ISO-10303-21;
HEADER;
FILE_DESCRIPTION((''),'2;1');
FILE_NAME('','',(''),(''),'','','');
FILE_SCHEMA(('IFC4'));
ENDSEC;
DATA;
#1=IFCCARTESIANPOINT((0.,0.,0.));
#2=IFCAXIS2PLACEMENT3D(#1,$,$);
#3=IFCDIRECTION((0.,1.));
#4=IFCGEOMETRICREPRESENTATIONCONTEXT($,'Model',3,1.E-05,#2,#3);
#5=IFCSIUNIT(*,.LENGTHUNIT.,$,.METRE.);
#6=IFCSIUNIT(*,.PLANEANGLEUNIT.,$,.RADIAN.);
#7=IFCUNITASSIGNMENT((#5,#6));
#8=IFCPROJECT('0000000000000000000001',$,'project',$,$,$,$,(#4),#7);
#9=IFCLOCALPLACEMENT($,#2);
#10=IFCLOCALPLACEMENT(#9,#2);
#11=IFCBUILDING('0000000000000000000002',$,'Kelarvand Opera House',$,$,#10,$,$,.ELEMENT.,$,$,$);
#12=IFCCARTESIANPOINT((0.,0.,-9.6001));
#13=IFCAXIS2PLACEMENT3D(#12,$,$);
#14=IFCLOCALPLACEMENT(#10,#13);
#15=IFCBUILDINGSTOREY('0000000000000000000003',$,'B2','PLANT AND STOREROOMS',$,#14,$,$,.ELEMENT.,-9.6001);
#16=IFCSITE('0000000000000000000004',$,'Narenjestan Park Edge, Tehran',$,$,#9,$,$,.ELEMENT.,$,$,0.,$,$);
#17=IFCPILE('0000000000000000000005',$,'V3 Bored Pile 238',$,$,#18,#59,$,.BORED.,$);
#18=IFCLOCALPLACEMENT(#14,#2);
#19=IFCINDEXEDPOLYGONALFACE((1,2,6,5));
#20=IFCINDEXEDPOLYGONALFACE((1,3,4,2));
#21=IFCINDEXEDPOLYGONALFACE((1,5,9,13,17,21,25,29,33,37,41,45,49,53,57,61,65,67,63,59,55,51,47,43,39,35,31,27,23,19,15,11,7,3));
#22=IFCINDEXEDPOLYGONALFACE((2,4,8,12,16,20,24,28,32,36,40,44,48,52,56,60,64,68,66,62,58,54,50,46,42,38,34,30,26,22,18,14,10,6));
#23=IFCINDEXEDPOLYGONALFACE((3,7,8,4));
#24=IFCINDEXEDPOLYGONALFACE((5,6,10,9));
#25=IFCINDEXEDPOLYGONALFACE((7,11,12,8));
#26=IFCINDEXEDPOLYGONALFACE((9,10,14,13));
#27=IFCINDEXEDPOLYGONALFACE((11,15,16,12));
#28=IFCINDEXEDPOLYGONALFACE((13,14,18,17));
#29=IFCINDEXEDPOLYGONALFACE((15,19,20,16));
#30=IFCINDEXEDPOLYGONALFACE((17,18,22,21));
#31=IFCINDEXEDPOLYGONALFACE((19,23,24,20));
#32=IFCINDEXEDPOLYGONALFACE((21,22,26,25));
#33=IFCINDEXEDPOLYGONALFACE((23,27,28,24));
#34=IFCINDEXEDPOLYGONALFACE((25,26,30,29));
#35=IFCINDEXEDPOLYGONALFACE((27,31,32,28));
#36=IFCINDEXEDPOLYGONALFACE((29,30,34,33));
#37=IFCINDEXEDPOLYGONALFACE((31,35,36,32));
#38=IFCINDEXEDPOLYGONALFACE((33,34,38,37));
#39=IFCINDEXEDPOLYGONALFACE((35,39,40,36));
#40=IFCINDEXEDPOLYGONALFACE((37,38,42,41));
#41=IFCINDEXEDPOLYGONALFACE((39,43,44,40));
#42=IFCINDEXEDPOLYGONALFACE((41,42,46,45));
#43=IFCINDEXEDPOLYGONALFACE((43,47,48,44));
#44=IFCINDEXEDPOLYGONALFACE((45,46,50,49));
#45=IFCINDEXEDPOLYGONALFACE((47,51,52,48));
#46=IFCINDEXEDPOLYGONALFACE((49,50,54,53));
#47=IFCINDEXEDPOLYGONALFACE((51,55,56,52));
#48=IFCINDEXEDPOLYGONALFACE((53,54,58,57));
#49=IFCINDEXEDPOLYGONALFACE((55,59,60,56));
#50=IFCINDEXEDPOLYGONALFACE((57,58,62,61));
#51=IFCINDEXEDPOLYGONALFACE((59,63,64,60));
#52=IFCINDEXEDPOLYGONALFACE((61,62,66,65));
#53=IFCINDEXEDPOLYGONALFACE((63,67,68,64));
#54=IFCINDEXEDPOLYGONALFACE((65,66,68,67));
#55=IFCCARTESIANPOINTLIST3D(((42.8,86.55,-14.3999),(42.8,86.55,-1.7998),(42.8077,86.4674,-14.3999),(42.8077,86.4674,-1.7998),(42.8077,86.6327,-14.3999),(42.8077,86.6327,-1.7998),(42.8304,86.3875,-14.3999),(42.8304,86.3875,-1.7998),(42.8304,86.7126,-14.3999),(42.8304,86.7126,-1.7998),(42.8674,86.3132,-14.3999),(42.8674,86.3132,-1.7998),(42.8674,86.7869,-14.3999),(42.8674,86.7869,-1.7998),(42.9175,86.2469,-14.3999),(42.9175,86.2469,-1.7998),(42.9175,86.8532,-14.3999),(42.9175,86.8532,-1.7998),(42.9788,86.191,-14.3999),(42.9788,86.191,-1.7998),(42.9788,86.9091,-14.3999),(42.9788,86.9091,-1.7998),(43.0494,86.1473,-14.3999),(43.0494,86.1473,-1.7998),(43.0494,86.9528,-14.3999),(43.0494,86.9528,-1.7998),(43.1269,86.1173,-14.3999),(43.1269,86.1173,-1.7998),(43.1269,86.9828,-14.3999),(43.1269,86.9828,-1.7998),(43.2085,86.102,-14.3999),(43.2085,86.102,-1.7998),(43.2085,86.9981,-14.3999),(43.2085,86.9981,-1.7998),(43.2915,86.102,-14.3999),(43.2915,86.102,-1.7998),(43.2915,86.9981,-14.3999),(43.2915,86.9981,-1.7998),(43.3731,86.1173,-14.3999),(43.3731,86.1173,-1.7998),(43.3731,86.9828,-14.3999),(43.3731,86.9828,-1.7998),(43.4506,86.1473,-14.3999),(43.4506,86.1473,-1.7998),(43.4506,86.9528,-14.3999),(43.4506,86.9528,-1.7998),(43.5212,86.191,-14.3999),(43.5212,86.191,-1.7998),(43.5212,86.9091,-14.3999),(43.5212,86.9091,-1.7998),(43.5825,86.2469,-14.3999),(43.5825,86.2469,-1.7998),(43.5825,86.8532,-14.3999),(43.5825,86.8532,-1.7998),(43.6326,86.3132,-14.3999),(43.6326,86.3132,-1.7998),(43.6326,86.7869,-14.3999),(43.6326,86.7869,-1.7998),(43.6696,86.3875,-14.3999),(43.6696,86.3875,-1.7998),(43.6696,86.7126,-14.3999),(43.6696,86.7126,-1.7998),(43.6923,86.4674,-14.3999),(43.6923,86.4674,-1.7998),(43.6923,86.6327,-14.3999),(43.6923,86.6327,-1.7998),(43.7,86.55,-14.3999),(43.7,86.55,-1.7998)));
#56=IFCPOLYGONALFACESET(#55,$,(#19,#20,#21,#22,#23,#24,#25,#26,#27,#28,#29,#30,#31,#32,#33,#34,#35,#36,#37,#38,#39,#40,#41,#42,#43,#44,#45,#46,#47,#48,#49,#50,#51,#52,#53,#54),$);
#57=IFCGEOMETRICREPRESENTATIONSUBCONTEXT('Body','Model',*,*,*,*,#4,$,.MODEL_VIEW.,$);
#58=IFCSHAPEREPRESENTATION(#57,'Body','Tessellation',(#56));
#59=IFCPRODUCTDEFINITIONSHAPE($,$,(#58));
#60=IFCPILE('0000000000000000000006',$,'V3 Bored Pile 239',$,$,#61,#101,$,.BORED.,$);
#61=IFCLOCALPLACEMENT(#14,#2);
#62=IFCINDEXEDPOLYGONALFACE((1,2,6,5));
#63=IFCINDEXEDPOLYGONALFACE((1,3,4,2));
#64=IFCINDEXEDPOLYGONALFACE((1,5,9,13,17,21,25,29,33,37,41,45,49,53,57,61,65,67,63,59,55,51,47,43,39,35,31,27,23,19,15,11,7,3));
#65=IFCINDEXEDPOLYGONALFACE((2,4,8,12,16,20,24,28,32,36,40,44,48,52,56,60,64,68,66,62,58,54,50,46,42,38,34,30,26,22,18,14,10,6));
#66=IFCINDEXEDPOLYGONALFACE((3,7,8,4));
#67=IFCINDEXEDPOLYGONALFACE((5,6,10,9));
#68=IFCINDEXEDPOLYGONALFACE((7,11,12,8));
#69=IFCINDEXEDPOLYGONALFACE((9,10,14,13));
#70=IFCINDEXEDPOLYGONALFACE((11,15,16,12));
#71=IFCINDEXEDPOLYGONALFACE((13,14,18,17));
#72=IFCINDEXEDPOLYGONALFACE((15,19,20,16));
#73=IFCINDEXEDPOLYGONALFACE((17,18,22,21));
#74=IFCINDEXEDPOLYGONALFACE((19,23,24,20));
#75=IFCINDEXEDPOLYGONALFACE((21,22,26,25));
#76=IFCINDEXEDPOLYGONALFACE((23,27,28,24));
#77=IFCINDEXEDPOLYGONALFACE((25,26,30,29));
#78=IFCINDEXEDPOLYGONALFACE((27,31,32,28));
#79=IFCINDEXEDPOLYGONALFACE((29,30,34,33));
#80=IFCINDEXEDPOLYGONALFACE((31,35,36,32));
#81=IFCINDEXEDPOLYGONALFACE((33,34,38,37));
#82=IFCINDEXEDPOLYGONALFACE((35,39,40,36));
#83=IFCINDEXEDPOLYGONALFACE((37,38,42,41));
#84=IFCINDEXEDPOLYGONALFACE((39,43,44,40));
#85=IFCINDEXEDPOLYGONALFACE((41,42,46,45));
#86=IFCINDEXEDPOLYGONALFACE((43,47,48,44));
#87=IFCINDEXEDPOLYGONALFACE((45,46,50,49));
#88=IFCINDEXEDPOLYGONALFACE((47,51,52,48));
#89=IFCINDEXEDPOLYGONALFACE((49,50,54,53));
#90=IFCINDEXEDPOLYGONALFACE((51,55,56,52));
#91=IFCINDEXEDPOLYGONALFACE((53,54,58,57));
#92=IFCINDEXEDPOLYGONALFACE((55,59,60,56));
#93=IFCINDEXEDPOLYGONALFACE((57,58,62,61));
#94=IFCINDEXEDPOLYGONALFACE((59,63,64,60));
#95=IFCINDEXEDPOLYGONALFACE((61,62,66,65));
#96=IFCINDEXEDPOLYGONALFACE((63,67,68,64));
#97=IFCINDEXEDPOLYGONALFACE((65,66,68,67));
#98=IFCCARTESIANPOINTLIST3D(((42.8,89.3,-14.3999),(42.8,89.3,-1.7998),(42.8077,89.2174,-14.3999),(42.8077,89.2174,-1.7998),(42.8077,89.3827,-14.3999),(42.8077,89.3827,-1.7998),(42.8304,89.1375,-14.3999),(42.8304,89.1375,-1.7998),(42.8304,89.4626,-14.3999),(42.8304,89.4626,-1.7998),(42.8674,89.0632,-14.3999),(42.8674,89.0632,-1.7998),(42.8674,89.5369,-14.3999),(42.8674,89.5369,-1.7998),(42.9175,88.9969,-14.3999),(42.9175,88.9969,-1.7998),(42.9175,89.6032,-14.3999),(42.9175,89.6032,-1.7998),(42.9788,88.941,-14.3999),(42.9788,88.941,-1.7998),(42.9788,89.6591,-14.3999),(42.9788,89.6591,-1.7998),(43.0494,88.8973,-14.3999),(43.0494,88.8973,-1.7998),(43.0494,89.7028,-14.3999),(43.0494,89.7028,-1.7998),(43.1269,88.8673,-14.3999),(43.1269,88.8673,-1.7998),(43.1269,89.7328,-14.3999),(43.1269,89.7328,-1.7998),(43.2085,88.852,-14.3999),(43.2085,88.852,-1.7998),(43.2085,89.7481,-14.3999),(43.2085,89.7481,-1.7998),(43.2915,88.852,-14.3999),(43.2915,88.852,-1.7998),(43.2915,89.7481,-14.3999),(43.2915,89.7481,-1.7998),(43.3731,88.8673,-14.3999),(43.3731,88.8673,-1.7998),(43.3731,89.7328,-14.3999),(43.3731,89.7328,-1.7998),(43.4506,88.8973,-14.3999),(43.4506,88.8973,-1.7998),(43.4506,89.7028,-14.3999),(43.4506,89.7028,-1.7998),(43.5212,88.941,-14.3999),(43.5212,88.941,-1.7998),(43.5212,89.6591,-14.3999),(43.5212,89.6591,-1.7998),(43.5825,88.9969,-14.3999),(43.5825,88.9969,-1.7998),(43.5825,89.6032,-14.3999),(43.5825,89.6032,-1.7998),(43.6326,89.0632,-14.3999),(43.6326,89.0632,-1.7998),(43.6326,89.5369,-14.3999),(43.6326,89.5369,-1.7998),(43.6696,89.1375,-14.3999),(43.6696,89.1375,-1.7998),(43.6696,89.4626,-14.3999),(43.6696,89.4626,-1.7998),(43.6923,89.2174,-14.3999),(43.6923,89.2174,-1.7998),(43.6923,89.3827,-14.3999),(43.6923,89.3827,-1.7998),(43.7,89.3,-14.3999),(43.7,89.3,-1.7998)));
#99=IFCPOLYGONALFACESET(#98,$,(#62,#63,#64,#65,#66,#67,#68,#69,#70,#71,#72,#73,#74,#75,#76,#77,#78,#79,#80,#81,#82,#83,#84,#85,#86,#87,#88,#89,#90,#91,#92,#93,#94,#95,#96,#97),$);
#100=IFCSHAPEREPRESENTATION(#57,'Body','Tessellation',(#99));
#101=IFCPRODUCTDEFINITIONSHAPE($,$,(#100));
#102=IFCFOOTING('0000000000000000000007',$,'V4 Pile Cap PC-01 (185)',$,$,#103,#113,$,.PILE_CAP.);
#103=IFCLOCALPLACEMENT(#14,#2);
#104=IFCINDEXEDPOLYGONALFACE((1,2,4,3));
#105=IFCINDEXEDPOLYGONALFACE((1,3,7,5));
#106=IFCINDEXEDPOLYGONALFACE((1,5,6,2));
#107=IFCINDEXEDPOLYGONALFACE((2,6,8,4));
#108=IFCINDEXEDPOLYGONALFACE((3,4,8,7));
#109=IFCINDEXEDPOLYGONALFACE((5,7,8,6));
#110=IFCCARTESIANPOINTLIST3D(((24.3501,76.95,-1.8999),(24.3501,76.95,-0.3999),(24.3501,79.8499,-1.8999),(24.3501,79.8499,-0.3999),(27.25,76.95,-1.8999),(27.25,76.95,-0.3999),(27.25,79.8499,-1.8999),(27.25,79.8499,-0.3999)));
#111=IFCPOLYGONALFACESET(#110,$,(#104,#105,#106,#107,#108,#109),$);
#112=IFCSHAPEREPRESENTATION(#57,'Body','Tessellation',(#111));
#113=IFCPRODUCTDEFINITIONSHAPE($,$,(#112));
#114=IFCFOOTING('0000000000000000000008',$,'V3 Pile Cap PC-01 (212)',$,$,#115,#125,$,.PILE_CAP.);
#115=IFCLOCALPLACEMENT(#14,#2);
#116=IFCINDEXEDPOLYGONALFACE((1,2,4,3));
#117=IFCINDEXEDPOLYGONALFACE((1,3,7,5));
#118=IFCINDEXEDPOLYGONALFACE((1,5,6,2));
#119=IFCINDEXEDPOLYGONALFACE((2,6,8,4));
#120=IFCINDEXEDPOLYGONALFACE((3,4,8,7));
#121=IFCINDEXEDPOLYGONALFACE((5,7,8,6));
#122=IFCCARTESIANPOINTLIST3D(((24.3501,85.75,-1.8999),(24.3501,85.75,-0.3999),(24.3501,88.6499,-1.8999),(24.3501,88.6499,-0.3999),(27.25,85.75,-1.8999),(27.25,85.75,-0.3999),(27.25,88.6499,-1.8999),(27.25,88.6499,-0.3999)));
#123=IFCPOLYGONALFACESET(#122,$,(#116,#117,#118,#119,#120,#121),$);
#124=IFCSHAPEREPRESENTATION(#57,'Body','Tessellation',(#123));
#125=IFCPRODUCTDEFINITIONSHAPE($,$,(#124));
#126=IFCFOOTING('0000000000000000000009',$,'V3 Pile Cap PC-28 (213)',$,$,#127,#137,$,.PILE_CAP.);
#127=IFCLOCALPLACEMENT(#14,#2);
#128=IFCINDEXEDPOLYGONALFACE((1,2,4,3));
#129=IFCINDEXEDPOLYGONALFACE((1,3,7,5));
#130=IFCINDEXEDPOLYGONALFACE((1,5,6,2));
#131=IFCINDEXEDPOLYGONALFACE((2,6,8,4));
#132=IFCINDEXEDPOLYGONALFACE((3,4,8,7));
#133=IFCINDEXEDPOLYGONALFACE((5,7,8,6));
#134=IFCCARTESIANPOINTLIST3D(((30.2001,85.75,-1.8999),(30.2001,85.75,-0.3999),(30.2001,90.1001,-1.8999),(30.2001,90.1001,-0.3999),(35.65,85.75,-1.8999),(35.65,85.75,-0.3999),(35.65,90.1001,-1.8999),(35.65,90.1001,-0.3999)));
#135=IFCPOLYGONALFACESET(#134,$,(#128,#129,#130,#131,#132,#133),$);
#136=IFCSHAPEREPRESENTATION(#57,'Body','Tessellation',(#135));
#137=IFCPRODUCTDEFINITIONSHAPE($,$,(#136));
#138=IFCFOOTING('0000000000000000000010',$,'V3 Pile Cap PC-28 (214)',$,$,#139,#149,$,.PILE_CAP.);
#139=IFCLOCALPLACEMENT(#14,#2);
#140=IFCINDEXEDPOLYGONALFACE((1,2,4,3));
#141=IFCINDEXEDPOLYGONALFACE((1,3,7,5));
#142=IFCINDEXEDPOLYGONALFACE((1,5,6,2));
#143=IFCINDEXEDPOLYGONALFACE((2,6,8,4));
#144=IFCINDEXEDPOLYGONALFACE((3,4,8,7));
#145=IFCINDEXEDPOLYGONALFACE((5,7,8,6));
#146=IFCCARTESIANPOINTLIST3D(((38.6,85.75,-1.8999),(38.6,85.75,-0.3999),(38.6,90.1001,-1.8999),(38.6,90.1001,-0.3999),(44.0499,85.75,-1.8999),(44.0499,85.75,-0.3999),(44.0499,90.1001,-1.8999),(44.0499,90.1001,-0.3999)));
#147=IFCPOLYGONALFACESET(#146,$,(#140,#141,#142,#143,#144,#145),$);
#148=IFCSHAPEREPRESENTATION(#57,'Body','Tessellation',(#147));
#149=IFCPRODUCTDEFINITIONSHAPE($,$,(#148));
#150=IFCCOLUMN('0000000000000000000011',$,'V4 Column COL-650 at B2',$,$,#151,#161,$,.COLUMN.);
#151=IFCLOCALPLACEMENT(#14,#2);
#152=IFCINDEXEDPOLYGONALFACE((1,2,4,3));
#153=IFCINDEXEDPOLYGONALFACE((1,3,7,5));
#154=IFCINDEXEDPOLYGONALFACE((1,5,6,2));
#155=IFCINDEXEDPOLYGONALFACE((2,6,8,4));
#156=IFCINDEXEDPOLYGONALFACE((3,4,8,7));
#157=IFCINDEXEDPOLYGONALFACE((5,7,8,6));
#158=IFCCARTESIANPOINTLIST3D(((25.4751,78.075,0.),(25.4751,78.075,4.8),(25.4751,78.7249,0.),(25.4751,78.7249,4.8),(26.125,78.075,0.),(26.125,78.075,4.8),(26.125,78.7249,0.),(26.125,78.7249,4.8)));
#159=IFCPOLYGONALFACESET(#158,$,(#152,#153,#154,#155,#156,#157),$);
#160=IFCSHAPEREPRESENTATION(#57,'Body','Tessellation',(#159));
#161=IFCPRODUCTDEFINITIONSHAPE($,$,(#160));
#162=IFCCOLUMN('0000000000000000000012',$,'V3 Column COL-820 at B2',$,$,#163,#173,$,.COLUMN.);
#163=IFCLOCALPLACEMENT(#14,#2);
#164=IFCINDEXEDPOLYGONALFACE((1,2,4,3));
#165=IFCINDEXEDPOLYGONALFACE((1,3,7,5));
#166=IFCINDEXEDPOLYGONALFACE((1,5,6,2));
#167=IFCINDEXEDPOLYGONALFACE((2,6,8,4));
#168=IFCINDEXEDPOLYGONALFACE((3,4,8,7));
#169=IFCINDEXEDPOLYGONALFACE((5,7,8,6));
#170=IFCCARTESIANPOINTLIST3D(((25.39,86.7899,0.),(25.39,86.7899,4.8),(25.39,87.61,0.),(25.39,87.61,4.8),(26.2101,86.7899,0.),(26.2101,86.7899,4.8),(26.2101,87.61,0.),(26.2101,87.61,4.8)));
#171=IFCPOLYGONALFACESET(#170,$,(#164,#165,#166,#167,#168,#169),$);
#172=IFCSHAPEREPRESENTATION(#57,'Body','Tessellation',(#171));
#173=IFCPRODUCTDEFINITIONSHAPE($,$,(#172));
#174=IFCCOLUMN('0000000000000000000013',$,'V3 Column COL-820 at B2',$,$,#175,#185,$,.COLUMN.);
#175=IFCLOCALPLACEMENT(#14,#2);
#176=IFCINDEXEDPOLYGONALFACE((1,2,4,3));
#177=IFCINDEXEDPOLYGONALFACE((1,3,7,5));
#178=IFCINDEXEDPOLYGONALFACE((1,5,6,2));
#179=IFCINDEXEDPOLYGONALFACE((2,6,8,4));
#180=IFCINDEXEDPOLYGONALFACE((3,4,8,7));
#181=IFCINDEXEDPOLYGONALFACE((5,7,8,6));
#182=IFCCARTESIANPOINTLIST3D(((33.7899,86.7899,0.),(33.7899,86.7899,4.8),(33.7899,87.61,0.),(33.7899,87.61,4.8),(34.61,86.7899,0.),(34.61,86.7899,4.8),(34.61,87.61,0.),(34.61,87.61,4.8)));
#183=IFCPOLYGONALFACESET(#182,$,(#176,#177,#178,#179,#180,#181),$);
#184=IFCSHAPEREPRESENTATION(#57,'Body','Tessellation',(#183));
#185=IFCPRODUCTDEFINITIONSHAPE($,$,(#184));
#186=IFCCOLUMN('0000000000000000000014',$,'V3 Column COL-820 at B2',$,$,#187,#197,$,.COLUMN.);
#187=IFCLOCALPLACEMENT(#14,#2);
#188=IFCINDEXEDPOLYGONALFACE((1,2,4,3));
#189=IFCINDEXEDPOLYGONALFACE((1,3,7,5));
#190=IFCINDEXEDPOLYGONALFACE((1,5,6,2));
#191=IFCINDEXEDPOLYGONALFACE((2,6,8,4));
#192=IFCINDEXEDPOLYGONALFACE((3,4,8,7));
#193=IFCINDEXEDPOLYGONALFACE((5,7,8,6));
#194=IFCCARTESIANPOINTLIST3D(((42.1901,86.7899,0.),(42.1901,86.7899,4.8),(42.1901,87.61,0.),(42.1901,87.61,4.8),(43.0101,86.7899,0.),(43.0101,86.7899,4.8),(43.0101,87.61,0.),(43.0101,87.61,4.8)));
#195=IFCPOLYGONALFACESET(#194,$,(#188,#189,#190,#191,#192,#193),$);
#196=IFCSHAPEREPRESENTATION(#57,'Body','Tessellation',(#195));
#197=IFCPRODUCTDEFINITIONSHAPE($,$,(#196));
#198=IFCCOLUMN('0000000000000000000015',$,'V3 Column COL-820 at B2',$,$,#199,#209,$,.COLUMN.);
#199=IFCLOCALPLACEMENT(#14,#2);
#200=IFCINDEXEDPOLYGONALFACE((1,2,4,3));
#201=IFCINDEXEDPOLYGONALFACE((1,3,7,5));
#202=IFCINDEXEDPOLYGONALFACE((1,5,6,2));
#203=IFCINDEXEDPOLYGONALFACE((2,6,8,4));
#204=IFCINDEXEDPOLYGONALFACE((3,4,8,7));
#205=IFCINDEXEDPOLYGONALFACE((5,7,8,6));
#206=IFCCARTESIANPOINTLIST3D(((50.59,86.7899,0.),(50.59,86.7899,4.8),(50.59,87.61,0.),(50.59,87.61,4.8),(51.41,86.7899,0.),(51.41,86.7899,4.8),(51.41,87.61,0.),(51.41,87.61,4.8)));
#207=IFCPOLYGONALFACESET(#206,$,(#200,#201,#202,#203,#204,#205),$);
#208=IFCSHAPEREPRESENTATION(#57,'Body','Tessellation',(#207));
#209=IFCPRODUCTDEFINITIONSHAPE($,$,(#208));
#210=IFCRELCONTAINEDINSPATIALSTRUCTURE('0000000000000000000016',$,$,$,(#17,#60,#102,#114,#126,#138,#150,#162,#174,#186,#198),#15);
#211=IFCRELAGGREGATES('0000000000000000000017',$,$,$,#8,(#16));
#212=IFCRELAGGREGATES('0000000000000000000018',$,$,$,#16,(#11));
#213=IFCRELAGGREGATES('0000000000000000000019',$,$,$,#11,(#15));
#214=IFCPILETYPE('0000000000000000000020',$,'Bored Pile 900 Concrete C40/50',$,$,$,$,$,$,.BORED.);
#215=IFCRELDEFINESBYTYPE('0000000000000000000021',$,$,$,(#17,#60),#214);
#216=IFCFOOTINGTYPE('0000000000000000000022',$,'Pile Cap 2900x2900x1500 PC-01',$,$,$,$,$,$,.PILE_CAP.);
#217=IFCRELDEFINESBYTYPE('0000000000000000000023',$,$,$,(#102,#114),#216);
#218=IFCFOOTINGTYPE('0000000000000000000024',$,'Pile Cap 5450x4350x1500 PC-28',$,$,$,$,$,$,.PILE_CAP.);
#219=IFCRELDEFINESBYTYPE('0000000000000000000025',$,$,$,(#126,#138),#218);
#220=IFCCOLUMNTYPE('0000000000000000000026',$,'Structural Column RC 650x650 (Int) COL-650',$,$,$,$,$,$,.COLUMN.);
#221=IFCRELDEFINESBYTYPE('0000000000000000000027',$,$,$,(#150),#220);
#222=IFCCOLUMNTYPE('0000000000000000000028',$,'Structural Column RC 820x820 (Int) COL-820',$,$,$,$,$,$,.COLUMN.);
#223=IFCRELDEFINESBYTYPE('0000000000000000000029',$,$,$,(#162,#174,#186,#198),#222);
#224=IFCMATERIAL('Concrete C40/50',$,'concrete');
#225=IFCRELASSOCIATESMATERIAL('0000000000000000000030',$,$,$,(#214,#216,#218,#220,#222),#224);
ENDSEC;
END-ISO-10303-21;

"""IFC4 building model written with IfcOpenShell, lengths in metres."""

from ifc_helpers import new_model, si_unit, direction, frame, origin, origin_2d, place, context, subcontext, project, spatial, rectangle, circle, extrude, material, material_profile, profile_set, type_object, element, save


model = new_model("IFC4")

# Units and contexts
model_context = context("Model", 3, precision=1e-05, world=origin(), true_north=direction((0.0, 1.0)))
body_context = subcontext(model_context, "Body", "Model", "MODEL_VIEW")
ifc_project = project(units=[si_unit("LENGTHUNIT", "METRE"), si_unit("PLANEANGLEUNIT", "RADIAN")], contexts=[model_context])

# Site, building, storey
site_placement = place(None, origin())
site = spatial("IfcSite", under=ifc_project, at=site_placement, Name="Narenjestan Park Edge, Tehran", CompositionType="ELEMENT", RefElevation=0.0)
building_placement = place(site_placement, origin())
building = spatial("IfcBuilding", under=site, at=building_placement, Name="Kelarvand Opera House", CompositionType="ELEMENT")
storey_placement = place(building_placement, frame((0.0, 0.0, -9.6001)))
storey = spatial("IfcBuildingStorey", under=building, at=storey_placement, Name="B2", Description="PLANT AND STOREROOMS", CompositionType="ELEMENT", Elevation=-9.6001)

# Piles
ifc_material_1 = material(Name="Concrete C40/50", Category="concrete")
ifc_material_profile_1 = material_profile(ifc_material_1, circle(Radius=0.45, at=origin_2d()), Name="BP 900", Category="concrete")
ifc_profile_set_1 = profile_set([ifc_material_profile_1], Name="Concrete C40/50")
pile_type = type_object("IfcPileType", Name="Bored Pile 900 Concrete C40/50", PredefinedType="BORED", material=ifc_profile_set_1)
for number, where, z_axis, x_axis, name in (
    (1, (43.25, 86.55, -1.7998), (0.0, 0.0, -1.0), (1.0, 0.0, 0.0), "V3 Bored Pile 238"),
    (2, (43.25, 89.3, -1.7998), (0.0, 0.0, -1.0), (1.0, 0.0, 0.0), "V3 Bored Pile 239"),
):
    element("IfcPile", number, at=place(storey_placement, frame(where, z_axis=z_axis, x_axis=x_axis)), inside=storey, type_object=pile_type, Name=name, PredefinedType="BORED", context=body_context, shape_type="SweptSolid", body=[
        extrude(circle(Radius=0.45, at=origin_2d()), origin(), (0.0, 0.0, 1.0), 12.6001),
    ])

# Footings
footing_type_1 = type_object("IfcFootingType", Name="Pile Cap 2900x2900x1500 PC-01", PredefinedType="PILE_CAP", material=ifc_material_1)
for number, where, z_axis, x_axis, name in (
    (3, (25.8, 78.3999, -1.8999), (0.0, 0.0, 1.0), (1.0, 0.0, 0.0), "V4 Pile Cap PC-01 (185)"),
    (4, (25.8, 87.2, -1.8999), (0.0, 0.0, 1.0), (1.0, 0.0, 0.0), "V3 Pile Cap PC-01 (212)"),
):
    element("IfcFooting", number, at=place(storey_placement, frame(where, z_axis=z_axis, x_axis=x_axis)), inside=storey, type_object=footing_type_1, Name=name, PredefinedType="PILE_CAP", context=body_context, shape_type="SweptSolid", body=[
        extrude(rectangle(XDim=2.8999, YDim=2.8999, at=origin_2d()), origin(), (0.0, 0.0, 1.0), 1.5),
    ])
footing_type_2 = type_object("IfcFootingType", Name="Pile Cap 5450x4350x1500 PC-28", PredefinedType="PILE_CAP", material=ifc_material_1)
for number, where, z_axis, x_axis, name in (
    (5, (32.925, 87.925, -1.8999), (0.0, 0.0, 1.0), (1.0, 0.0, 0.0), "V3 Pile Cap PC-28 (213)"),
    (6, (41.325, 87.925, -1.8999), (0.0, 0.0, 1.0), (1.0, 0.0, 0.0), "V3 Pile Cap PC-28 (214)"),
):
    element("IfcFooting", number, at=place(storey_placement, frame(where, z_axis=z_axis, x_axis=x_axis)), inside=storey, type_object=footing_type_2, Name=name, PredefinedType="PILE_CAP", context=body_context, shape_type="SweptSolid", body=[
        extrude(rectangle(XDim=5.45, YDim=4.3501, at=origin_2d()), origin(), (0.0, 0.0, 1.0), 1.5),
    ])

# Columns
ifc_material_profile_2 = material_profile(ifc_material_1, rectangle(XDim=0.6499, YDim=0.6499, at=origin_2d()), Name="RC 650x650", Category="concrete")
ifc_profile_set_2 = profile_set([ifc_material_profile_2], Name="Concrete C40/50")
column_type_1 = type_object("IfcColumnType", Name="Structural Column RC 650x650 (Int) COL-650", PredefinedType="COLUMN", material=ifc_profile_set_2)
column_placement = place(storey_placement, frame((25.8, 78.3999, 0.0), z_axis=(0.0, 0.0, 1.0), x_axis=(1.0, 0.0, 0.0)))
element("IfcColumn", 7, at=column_placement, inside=storey, type_object=column_type_1, Name="V4 Column COL-650 at B2", PredefinedType="COLUMN", context=body_context, shape_type="SweptSolid", body=[
    extrude(rectangle(XDim=0.6499, YDim=0.6499, at=origin_2d()), origin(), (0.0, 0.0, 1.0), 4.8),
])
ifc_material_profile_3 = material_profile(ifc_material_1, rectangle(XDim=0.8201, YDim=0.8201, at=origin_2d()), Name="RC 820x820", Category="concrete")
ifc_profile_set_3 = profile_set([ifc_material_profile_3], Name="Concrete C40/50")
column_type_2 = type_object("IfcColumnType", Name="Structural Column RC 820x820 (Int) COL-820", PredefinedType="COLUMN", material=ifc_profile_set_3)
for number, where, z_axis, x_axis, name in (
    (8, (25.8, 87.2, 0.0), (0.0, 0.0, 1.0), (1.0, 0.0, 0.0), "V3 Column COL-820 at B2"),
    (9, (34.2, 87.2, 0.0), (0.0, 0.0, 1.0), (1.0, 0.0, 0.0), "V3 Column COL-820 at B2"),
    (10, (42.6001, 87.2, 0.0), (0.0, 0.0, 1.0), (1.0, 0.0, 0.0), "V3 Column COL-820 at B2"),
    (11, (51.0, 87.2, 0.0), (0.0, 0.0, 1.0), (1.0, 0.0, 0.0), "V3 Column COL-820 at B2"),
):
    element("IfcColumn", number, at=place(storey_placement, frame(where, z_axis=z_axis, x_axis=x_axis)), inside=storey, type_object=column_type_2, Name=name, PredefinedType="COLUMN", context=body_context, shape_type="SweptSolid", body=[
        extrude(rectangle(XDim=0.8201, YDim=0.8201, at=origin_2d()), origin(), (0.0, 0.0, 1.0), 4.8),
    ])

save(model, "model.ifc")
